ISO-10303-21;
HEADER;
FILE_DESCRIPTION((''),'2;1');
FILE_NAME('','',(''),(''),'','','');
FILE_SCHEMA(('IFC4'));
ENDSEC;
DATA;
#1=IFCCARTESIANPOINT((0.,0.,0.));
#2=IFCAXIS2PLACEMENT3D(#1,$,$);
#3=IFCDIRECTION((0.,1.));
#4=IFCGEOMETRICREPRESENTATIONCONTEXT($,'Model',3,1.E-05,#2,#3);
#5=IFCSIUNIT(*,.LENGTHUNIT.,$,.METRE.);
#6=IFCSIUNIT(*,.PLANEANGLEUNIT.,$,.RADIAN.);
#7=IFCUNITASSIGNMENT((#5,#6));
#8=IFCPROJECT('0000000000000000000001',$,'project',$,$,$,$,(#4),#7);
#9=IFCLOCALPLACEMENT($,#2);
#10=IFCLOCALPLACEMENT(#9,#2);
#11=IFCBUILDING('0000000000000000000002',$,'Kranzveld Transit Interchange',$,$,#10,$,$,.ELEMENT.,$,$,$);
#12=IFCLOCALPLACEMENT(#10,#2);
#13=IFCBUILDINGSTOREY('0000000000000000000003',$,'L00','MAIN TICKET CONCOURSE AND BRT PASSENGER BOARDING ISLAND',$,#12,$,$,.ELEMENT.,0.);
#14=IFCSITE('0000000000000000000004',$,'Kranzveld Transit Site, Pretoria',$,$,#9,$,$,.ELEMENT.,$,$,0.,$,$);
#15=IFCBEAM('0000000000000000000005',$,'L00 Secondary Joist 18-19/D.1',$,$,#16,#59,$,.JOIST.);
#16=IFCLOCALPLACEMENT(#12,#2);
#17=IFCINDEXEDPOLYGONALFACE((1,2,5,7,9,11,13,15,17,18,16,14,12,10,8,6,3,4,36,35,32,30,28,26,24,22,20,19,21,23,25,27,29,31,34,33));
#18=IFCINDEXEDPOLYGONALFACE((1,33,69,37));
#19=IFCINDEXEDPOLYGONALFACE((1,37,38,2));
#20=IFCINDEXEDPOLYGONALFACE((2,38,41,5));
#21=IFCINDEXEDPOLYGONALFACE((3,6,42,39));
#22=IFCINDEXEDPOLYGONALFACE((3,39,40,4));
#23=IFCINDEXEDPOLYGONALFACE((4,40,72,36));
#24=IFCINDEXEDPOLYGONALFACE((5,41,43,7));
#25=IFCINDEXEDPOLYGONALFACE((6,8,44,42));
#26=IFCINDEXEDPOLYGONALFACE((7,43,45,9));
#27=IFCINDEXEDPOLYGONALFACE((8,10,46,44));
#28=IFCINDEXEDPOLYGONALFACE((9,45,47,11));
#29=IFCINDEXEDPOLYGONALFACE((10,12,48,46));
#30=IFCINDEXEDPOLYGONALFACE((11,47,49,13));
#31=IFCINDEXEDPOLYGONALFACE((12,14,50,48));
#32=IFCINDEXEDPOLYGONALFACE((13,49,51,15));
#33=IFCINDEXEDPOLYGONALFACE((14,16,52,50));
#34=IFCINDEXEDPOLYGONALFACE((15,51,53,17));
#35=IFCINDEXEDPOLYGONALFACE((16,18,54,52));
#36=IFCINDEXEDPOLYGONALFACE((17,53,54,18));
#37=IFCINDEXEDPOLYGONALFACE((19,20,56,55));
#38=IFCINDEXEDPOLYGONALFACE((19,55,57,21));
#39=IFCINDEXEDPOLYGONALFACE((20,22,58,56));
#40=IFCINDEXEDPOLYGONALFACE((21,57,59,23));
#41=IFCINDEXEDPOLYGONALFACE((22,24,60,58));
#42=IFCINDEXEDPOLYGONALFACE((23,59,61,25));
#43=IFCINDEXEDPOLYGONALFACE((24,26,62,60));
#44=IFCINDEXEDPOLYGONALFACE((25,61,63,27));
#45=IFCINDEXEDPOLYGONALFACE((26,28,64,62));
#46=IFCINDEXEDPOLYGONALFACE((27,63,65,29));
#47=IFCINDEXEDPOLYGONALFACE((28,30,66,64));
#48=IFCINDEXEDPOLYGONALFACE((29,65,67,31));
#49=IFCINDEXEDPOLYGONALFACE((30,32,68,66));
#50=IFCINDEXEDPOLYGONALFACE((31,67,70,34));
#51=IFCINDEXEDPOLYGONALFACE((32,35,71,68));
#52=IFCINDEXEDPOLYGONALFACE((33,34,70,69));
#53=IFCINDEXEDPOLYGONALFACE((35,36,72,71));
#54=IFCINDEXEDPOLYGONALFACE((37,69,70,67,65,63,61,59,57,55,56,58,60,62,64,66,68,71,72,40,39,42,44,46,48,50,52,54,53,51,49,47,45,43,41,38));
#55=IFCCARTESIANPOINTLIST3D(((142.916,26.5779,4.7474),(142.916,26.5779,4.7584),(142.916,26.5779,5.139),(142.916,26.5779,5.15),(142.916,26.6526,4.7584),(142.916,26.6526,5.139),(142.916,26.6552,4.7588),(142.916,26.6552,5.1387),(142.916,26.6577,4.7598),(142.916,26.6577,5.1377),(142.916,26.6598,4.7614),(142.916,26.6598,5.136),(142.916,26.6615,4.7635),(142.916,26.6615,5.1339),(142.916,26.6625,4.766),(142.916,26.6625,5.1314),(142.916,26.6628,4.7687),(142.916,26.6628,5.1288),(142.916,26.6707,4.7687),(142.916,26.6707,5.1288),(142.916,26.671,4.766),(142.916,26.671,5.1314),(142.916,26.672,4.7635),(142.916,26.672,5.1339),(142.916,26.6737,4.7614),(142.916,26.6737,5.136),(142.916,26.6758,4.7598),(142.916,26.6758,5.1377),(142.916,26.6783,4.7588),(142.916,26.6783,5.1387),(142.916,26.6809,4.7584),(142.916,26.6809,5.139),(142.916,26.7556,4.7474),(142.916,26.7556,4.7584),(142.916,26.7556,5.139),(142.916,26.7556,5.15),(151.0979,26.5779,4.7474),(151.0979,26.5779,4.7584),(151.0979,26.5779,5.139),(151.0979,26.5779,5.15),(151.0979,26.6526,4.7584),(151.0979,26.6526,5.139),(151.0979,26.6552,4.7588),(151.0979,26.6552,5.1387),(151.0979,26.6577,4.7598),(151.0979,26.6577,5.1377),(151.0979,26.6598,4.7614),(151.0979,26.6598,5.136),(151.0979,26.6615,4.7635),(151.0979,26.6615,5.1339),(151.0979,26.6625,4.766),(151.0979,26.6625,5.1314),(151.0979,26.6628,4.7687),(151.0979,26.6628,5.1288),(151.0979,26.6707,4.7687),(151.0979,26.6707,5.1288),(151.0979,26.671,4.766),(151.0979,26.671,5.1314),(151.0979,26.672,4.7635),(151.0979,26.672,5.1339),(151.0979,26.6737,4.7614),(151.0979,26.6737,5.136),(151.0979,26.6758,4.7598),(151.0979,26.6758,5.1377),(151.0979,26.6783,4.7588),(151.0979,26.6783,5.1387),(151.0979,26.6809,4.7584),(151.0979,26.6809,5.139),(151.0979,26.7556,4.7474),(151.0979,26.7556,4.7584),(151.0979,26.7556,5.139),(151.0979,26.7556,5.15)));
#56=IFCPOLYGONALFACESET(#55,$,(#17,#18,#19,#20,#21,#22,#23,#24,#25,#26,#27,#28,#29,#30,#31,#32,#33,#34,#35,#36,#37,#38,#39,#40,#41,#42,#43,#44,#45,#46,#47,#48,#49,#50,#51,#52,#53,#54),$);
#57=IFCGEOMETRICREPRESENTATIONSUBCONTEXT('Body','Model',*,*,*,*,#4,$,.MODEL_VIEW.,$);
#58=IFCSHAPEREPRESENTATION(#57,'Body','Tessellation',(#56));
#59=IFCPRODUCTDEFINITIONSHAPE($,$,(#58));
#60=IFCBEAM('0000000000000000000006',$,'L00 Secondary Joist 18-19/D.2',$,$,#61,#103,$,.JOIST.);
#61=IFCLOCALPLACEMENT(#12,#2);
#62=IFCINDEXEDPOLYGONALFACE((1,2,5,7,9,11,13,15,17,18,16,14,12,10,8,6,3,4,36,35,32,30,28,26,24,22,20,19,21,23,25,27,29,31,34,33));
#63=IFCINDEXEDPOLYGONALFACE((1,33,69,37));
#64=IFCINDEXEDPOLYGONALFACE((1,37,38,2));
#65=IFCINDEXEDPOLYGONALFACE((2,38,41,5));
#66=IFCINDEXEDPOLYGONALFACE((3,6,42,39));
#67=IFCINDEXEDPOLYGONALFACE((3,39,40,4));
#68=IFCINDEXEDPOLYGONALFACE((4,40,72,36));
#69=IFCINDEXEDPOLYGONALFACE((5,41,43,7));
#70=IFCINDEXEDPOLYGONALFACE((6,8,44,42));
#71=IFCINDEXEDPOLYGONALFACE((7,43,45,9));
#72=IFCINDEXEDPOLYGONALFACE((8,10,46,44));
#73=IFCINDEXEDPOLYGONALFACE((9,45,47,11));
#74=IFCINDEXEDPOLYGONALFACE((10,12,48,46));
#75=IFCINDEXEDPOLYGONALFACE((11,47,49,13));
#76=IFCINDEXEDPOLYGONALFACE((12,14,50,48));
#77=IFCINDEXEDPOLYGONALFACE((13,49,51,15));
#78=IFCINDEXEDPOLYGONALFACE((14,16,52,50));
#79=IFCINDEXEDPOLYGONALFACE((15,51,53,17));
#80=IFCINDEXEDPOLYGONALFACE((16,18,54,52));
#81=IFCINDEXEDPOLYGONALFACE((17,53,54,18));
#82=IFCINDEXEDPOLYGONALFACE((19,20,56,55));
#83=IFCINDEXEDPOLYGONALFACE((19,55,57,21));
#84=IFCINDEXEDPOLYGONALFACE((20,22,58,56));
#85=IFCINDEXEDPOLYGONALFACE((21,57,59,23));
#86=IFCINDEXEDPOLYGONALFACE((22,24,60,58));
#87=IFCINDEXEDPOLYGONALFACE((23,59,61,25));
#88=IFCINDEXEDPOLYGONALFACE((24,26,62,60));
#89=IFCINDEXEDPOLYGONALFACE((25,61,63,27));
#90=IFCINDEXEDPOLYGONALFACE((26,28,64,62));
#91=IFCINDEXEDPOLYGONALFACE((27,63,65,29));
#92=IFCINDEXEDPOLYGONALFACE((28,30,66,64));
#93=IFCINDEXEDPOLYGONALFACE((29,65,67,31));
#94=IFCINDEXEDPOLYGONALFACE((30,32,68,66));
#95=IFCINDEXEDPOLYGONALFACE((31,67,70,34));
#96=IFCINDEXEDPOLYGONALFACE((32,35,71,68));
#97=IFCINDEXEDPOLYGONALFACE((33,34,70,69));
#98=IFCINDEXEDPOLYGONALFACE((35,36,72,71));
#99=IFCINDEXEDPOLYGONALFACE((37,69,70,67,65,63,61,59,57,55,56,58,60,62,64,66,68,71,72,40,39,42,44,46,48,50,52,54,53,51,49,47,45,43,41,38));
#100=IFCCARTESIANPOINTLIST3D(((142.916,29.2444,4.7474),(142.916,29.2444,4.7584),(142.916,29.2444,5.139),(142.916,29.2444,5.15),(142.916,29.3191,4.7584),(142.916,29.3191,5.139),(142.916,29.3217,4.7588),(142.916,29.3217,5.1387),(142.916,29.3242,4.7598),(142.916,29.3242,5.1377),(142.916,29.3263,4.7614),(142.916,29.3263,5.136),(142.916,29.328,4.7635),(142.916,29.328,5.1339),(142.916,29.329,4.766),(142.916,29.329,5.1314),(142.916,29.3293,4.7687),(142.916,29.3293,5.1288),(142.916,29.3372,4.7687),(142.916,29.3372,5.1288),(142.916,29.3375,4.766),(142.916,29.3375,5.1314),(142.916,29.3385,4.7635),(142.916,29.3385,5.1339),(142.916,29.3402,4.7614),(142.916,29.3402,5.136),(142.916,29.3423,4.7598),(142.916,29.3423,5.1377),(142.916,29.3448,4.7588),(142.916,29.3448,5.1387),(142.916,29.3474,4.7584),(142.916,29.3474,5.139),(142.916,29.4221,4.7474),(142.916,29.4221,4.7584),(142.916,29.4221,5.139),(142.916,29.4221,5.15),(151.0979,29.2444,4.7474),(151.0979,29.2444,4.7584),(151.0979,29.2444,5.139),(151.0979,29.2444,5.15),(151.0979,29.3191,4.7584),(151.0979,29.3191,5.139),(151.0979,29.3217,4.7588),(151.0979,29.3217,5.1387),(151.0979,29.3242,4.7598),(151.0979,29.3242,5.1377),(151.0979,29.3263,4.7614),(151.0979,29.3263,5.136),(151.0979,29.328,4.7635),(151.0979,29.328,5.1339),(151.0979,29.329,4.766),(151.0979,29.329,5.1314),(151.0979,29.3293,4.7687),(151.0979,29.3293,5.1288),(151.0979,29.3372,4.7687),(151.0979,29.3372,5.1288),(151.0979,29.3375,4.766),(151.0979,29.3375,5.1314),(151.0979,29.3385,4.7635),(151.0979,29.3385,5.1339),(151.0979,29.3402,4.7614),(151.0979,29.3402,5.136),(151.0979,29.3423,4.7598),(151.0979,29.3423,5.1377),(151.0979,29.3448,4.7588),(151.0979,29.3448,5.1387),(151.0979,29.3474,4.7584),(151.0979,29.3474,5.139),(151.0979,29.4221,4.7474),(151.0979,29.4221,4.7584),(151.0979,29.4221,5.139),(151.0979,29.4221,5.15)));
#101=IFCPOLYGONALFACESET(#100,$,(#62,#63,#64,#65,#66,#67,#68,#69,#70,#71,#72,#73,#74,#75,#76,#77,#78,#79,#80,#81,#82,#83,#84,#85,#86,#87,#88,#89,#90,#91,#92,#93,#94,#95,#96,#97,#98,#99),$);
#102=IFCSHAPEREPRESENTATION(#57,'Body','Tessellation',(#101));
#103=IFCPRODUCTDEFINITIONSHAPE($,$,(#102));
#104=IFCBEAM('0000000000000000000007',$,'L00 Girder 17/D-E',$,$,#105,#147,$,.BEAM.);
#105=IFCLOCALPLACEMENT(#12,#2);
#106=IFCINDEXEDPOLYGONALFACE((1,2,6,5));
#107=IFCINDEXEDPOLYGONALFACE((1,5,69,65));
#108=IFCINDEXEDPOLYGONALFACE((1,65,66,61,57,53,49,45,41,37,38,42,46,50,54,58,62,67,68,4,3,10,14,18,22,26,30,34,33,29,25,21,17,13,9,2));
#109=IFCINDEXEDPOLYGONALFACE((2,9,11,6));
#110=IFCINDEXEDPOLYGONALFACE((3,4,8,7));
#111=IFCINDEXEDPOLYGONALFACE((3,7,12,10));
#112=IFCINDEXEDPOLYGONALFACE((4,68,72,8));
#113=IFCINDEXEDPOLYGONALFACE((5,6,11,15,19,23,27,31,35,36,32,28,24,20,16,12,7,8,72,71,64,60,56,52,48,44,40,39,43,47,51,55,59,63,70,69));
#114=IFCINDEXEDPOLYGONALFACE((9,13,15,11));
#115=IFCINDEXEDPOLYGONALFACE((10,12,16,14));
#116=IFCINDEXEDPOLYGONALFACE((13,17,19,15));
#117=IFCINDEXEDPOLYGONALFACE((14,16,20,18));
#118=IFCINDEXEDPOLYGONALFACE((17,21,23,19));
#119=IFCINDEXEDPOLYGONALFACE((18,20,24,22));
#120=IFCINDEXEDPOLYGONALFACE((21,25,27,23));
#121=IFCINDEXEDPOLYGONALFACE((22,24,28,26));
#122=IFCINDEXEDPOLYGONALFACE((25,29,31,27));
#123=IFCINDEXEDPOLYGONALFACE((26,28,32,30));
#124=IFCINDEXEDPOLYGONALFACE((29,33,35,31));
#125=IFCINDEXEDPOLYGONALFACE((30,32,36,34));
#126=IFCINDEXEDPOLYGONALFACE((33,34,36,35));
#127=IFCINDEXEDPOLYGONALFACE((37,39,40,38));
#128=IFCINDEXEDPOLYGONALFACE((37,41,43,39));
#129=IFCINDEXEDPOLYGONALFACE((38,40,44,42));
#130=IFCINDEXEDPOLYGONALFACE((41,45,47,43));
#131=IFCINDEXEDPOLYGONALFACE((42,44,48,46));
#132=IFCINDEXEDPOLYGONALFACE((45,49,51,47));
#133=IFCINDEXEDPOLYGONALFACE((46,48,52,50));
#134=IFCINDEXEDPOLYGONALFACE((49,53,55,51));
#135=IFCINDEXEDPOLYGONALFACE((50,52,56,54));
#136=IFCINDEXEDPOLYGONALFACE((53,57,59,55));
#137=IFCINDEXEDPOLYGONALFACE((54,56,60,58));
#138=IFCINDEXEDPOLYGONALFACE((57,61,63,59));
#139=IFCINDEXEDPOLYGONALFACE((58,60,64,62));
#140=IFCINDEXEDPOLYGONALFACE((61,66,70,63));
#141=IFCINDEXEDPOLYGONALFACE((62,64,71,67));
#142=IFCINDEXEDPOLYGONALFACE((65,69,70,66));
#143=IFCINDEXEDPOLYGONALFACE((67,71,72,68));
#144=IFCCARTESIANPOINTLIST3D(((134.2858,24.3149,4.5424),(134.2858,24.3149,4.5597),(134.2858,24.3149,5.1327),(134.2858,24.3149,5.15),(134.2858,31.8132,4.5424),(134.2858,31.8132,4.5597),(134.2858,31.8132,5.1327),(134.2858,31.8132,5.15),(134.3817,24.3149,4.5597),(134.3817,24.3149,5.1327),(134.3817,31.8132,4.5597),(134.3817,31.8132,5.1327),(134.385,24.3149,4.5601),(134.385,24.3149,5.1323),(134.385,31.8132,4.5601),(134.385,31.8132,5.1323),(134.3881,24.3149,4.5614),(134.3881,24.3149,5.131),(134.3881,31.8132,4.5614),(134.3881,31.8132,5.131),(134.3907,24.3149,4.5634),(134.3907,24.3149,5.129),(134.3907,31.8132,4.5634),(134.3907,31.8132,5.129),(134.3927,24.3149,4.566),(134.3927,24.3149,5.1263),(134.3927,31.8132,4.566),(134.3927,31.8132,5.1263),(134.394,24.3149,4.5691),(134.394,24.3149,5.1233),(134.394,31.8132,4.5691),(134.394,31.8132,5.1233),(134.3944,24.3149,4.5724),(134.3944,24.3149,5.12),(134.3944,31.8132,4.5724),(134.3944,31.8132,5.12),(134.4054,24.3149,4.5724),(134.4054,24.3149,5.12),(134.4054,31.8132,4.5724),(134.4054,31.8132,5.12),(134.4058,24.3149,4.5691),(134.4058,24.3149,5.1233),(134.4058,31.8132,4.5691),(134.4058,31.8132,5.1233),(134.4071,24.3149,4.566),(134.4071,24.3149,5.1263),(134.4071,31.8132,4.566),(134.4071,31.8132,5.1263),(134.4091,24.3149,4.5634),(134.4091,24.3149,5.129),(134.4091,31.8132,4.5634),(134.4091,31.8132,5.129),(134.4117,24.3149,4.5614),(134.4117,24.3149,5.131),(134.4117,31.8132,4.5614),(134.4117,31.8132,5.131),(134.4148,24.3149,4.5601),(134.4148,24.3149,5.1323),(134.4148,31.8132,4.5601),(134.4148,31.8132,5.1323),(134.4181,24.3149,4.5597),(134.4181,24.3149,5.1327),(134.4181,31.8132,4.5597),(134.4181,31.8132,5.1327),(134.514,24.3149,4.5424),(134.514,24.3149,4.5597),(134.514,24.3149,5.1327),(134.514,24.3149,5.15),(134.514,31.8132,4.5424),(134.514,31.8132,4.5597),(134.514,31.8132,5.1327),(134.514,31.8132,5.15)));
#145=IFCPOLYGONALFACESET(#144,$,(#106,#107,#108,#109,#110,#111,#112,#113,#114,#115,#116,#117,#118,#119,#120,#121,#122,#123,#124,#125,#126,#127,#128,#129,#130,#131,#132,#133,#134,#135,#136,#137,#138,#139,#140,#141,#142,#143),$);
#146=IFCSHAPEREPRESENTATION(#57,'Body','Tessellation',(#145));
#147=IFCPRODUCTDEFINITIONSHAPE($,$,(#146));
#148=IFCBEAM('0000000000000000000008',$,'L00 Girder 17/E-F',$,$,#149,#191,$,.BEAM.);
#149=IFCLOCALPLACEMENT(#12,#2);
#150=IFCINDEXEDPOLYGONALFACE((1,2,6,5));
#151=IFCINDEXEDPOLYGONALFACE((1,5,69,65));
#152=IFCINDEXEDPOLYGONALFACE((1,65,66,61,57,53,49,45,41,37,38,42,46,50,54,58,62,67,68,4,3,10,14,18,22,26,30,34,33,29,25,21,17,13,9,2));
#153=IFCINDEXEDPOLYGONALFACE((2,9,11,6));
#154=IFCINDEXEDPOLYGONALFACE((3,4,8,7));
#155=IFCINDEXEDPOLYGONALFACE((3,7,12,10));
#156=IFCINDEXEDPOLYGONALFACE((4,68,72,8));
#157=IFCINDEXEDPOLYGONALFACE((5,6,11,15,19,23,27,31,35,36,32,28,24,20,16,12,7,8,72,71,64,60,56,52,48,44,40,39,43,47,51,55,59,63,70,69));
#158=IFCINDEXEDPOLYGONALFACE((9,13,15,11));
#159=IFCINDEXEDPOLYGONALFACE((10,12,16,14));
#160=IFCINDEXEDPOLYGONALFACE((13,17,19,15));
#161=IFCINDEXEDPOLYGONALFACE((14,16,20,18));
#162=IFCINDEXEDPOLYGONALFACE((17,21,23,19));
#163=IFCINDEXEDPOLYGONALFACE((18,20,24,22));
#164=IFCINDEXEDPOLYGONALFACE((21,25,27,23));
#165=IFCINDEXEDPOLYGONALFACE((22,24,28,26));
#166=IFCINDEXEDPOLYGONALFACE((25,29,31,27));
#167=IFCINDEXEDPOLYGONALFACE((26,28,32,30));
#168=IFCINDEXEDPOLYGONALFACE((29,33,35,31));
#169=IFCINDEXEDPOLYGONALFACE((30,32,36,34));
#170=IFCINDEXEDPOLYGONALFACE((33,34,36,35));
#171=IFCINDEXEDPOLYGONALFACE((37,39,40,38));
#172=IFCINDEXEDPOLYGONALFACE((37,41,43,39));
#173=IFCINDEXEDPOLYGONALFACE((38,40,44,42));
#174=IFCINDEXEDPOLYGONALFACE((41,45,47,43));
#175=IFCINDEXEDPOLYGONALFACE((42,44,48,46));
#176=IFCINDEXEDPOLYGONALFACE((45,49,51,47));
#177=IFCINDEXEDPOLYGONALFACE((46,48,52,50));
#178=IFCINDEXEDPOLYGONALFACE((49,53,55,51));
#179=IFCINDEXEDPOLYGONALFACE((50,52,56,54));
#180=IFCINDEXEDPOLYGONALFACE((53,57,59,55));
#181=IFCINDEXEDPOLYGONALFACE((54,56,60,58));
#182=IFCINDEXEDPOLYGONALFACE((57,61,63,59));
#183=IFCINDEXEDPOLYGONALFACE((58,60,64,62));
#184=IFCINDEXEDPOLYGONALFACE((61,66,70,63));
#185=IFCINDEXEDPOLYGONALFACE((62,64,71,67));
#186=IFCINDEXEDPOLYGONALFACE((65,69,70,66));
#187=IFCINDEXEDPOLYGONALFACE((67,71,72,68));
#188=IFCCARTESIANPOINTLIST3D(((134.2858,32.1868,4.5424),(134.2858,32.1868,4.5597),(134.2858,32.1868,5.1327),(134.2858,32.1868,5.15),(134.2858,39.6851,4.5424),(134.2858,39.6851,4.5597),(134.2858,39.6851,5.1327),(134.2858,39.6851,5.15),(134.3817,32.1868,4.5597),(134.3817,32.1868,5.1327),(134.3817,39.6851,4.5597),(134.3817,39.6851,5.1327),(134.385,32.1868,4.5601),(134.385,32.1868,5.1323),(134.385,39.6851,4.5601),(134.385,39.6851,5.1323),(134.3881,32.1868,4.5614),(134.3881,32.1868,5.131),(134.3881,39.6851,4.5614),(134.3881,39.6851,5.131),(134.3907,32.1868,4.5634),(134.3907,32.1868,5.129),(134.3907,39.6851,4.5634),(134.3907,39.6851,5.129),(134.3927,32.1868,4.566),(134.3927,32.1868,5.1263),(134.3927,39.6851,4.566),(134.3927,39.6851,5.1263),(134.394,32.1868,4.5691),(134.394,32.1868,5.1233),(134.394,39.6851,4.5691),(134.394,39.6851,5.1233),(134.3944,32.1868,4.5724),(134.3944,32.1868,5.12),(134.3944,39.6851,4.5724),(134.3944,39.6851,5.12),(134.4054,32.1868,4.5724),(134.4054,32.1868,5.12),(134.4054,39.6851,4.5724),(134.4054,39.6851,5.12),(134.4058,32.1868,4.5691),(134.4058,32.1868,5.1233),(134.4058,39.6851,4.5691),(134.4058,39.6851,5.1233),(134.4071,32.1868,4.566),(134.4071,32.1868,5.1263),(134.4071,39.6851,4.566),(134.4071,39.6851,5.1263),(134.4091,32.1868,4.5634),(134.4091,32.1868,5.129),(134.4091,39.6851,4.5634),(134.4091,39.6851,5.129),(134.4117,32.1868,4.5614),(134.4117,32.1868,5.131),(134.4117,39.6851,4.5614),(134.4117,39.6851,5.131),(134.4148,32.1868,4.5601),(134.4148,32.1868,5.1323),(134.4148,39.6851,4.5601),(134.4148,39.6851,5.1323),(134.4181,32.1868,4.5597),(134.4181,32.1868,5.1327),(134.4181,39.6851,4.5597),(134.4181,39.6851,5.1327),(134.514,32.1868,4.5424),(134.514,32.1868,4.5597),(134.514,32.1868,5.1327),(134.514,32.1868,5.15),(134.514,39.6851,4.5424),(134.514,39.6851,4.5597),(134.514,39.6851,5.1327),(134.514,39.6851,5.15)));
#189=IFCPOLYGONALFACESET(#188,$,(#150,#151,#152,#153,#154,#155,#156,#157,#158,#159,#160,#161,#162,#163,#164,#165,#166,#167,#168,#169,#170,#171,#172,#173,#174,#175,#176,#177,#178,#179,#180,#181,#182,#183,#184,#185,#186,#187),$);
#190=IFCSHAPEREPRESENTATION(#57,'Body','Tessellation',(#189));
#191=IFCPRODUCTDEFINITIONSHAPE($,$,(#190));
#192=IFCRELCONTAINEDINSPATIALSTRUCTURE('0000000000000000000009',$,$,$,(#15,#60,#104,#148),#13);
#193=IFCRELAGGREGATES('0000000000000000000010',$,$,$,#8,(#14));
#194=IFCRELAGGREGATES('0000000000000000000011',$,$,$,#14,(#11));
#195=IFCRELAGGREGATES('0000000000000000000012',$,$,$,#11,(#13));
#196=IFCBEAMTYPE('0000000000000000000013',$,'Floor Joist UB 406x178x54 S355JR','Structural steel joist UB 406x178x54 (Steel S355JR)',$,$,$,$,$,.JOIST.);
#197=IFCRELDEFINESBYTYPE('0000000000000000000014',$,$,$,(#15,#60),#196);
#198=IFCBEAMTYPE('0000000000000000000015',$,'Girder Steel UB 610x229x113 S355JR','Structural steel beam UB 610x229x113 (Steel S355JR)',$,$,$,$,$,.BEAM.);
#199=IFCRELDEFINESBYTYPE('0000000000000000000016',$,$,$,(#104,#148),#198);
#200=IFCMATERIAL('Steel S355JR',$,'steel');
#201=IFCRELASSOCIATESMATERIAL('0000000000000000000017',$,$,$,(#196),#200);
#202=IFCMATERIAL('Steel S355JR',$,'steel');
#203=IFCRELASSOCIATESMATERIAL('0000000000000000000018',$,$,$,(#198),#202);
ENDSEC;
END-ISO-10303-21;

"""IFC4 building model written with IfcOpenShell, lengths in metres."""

from ifc_helpers import new_model, si_unit, direction, frame, origin, origin_2d, place, context, subcontext, project, spatial, i_section, extrude, material, material_profile, profile_set, type_object, element, save


model = new_model("IFC4")

# Units and contexts
model_context = context("Model", 3, precision=1e-05, world=origin(), true_north=direction((0.0, 1.0)))
body_context = subcontext(model_context, "Body", "Model", "MODEL_VIEW")
ifc_project = project(units=[si_unit("LENGTHUNIT", "METRE"), si_unit("PLANEANGLEUNIT", "RADIAN")], contexts=[model_context])

# Site, building, storey
site_placement = place(None, origin())
site = spatial("IfcSite", under=ifc_project, at=site_placement, Name="Kranzveld Transit Site, Pretoria", CompositionType="ELEMENT", RefElevation=0.0)
building_placement = place(site_placement, origin())
building = spatial("IfcBuilding", under=site, at=building_placement, Name="Kranzveld Transit Interchange", CompositionType="ELEMENT")
storey_placement = place(building_placement, origin())
storey = spatial("IfcBuildingStorey", under=building, at=storey_placement, Name="L00", Description="MAIN TICKET CONCOURSE AND BRT PASSENGER BOARDING ISLAND", CompositionType="ELEMENT", Elevation=0.0)

# Beams
ifc_material_1 = material(Name="Steel S355JR", Category="steel")
ifc_material_profile_1 = material_profile(ifc_material_1, i_section(OverallWidth=0.1777, OverallDepth=0.4026, WebThickness=0.0078, FlangeThickness=0.011, FilletRadius=0.0103, at=origin_2d()), Name="UB 406x178x54")
ifc_profile_set_1 = profile_set([ifc_material_profile_1], Name="Steel S355JR")
beam_type_1 = type_object("IfcBeamType", Name="Floor Joist UB 406x178x54 S355JR", Description="Structural steel joist UB 406x178x54 (Steel S355JR)", PredefinedType="JOIST", material=ifc_profile_set_1)
for number, where, z_axis, x_axis, name in (
    (1, (142.916, 26.6667, 4.9487), (1.0, 0.0, 0.0), (0.0, 1.0, 0.0), "L00 Secondary Joist 18-19/D.1"),
    (2, (142.916, 29.3333, 4.9487), (1.0, 0.0, 0.0), (0.0, 1.0, 0.0), "L00 Secondary Joist 18-19/D.2"),
):
    element("IfcBeam", number, at=place(storey_placement, frame(where, z_axis=z_axis, x_axis=x_axis)), inside=storey, type_object=beam_type_1, Name=name, PredefinedType="JOIST", context=body_context, shape_type="SweptSolid", body=[
        extrude(i_section(OverallWidth=0.1777, OverallDepth=0.4026, WebThickness=0.0078, FlangeThickness=0.011, FilletRadius=0.0103, at=origin_2d()), origin(), (0.0, 0.0, 1.0), 8.1819),
    ])
ifc_material_2 = material(Name="Steel S355JR", Category="steel")
ifc_material_profile_2 = material_profile(ifc_material_2, i_section(OverallWidth=0.2283, OverallDepth=0.6077, WebThickness=0.011, FlangeThickness=0.0173, FilletRadius=0.0127, at=origin_2d()), Name="UB 610x229x113")
ifc_profile_set_2 = profile_set([ifc_material_profile_2], Name="Steel S355JR")
beam_type_2 = type_object("IfcBeamType", Name="Girder Steel UB 610x229x113 S355JR", Description="Structural steel beam UB 610x229x113 (Steel S355JR)", PredefinedType="BEAM", material=ifc_profile_set_2)
for number, where, z_axis, x_axis, name in (
    (3, (134.3999, 24.3149, 4.8462), (0.0, 1.0, 0.0), (-1.0, 0.0, 0.0), "L00 Girder 17/D-E"),
    (4, (134.3999, 32.1868, 4.8462), (0.0, 1.0, 0.0), (-1.0, 0.0, 0.0), "L00 Girder 17/E-F"),
):
    element("IfcBeam", number, at=place(storey_placement, frame(where, z_axis=z_axis, x_axis=x_axis)), inside=storey, type_object=beam_type_2, Name=name, PredefinedType="BEAM", context=body_context, shape_type="SweptSolid", body=[
        extrude(i_section(OverallWidth=0.2283, OverallDepth=0.6077, WebThickness=0.011, FlangeThickness=0.0173, FilletRadius=0.0127, at=origin_2d()), origin(), (0.0, 0.0, 1.0), 7.4983),
    ])

save(model, "model.ifc")
